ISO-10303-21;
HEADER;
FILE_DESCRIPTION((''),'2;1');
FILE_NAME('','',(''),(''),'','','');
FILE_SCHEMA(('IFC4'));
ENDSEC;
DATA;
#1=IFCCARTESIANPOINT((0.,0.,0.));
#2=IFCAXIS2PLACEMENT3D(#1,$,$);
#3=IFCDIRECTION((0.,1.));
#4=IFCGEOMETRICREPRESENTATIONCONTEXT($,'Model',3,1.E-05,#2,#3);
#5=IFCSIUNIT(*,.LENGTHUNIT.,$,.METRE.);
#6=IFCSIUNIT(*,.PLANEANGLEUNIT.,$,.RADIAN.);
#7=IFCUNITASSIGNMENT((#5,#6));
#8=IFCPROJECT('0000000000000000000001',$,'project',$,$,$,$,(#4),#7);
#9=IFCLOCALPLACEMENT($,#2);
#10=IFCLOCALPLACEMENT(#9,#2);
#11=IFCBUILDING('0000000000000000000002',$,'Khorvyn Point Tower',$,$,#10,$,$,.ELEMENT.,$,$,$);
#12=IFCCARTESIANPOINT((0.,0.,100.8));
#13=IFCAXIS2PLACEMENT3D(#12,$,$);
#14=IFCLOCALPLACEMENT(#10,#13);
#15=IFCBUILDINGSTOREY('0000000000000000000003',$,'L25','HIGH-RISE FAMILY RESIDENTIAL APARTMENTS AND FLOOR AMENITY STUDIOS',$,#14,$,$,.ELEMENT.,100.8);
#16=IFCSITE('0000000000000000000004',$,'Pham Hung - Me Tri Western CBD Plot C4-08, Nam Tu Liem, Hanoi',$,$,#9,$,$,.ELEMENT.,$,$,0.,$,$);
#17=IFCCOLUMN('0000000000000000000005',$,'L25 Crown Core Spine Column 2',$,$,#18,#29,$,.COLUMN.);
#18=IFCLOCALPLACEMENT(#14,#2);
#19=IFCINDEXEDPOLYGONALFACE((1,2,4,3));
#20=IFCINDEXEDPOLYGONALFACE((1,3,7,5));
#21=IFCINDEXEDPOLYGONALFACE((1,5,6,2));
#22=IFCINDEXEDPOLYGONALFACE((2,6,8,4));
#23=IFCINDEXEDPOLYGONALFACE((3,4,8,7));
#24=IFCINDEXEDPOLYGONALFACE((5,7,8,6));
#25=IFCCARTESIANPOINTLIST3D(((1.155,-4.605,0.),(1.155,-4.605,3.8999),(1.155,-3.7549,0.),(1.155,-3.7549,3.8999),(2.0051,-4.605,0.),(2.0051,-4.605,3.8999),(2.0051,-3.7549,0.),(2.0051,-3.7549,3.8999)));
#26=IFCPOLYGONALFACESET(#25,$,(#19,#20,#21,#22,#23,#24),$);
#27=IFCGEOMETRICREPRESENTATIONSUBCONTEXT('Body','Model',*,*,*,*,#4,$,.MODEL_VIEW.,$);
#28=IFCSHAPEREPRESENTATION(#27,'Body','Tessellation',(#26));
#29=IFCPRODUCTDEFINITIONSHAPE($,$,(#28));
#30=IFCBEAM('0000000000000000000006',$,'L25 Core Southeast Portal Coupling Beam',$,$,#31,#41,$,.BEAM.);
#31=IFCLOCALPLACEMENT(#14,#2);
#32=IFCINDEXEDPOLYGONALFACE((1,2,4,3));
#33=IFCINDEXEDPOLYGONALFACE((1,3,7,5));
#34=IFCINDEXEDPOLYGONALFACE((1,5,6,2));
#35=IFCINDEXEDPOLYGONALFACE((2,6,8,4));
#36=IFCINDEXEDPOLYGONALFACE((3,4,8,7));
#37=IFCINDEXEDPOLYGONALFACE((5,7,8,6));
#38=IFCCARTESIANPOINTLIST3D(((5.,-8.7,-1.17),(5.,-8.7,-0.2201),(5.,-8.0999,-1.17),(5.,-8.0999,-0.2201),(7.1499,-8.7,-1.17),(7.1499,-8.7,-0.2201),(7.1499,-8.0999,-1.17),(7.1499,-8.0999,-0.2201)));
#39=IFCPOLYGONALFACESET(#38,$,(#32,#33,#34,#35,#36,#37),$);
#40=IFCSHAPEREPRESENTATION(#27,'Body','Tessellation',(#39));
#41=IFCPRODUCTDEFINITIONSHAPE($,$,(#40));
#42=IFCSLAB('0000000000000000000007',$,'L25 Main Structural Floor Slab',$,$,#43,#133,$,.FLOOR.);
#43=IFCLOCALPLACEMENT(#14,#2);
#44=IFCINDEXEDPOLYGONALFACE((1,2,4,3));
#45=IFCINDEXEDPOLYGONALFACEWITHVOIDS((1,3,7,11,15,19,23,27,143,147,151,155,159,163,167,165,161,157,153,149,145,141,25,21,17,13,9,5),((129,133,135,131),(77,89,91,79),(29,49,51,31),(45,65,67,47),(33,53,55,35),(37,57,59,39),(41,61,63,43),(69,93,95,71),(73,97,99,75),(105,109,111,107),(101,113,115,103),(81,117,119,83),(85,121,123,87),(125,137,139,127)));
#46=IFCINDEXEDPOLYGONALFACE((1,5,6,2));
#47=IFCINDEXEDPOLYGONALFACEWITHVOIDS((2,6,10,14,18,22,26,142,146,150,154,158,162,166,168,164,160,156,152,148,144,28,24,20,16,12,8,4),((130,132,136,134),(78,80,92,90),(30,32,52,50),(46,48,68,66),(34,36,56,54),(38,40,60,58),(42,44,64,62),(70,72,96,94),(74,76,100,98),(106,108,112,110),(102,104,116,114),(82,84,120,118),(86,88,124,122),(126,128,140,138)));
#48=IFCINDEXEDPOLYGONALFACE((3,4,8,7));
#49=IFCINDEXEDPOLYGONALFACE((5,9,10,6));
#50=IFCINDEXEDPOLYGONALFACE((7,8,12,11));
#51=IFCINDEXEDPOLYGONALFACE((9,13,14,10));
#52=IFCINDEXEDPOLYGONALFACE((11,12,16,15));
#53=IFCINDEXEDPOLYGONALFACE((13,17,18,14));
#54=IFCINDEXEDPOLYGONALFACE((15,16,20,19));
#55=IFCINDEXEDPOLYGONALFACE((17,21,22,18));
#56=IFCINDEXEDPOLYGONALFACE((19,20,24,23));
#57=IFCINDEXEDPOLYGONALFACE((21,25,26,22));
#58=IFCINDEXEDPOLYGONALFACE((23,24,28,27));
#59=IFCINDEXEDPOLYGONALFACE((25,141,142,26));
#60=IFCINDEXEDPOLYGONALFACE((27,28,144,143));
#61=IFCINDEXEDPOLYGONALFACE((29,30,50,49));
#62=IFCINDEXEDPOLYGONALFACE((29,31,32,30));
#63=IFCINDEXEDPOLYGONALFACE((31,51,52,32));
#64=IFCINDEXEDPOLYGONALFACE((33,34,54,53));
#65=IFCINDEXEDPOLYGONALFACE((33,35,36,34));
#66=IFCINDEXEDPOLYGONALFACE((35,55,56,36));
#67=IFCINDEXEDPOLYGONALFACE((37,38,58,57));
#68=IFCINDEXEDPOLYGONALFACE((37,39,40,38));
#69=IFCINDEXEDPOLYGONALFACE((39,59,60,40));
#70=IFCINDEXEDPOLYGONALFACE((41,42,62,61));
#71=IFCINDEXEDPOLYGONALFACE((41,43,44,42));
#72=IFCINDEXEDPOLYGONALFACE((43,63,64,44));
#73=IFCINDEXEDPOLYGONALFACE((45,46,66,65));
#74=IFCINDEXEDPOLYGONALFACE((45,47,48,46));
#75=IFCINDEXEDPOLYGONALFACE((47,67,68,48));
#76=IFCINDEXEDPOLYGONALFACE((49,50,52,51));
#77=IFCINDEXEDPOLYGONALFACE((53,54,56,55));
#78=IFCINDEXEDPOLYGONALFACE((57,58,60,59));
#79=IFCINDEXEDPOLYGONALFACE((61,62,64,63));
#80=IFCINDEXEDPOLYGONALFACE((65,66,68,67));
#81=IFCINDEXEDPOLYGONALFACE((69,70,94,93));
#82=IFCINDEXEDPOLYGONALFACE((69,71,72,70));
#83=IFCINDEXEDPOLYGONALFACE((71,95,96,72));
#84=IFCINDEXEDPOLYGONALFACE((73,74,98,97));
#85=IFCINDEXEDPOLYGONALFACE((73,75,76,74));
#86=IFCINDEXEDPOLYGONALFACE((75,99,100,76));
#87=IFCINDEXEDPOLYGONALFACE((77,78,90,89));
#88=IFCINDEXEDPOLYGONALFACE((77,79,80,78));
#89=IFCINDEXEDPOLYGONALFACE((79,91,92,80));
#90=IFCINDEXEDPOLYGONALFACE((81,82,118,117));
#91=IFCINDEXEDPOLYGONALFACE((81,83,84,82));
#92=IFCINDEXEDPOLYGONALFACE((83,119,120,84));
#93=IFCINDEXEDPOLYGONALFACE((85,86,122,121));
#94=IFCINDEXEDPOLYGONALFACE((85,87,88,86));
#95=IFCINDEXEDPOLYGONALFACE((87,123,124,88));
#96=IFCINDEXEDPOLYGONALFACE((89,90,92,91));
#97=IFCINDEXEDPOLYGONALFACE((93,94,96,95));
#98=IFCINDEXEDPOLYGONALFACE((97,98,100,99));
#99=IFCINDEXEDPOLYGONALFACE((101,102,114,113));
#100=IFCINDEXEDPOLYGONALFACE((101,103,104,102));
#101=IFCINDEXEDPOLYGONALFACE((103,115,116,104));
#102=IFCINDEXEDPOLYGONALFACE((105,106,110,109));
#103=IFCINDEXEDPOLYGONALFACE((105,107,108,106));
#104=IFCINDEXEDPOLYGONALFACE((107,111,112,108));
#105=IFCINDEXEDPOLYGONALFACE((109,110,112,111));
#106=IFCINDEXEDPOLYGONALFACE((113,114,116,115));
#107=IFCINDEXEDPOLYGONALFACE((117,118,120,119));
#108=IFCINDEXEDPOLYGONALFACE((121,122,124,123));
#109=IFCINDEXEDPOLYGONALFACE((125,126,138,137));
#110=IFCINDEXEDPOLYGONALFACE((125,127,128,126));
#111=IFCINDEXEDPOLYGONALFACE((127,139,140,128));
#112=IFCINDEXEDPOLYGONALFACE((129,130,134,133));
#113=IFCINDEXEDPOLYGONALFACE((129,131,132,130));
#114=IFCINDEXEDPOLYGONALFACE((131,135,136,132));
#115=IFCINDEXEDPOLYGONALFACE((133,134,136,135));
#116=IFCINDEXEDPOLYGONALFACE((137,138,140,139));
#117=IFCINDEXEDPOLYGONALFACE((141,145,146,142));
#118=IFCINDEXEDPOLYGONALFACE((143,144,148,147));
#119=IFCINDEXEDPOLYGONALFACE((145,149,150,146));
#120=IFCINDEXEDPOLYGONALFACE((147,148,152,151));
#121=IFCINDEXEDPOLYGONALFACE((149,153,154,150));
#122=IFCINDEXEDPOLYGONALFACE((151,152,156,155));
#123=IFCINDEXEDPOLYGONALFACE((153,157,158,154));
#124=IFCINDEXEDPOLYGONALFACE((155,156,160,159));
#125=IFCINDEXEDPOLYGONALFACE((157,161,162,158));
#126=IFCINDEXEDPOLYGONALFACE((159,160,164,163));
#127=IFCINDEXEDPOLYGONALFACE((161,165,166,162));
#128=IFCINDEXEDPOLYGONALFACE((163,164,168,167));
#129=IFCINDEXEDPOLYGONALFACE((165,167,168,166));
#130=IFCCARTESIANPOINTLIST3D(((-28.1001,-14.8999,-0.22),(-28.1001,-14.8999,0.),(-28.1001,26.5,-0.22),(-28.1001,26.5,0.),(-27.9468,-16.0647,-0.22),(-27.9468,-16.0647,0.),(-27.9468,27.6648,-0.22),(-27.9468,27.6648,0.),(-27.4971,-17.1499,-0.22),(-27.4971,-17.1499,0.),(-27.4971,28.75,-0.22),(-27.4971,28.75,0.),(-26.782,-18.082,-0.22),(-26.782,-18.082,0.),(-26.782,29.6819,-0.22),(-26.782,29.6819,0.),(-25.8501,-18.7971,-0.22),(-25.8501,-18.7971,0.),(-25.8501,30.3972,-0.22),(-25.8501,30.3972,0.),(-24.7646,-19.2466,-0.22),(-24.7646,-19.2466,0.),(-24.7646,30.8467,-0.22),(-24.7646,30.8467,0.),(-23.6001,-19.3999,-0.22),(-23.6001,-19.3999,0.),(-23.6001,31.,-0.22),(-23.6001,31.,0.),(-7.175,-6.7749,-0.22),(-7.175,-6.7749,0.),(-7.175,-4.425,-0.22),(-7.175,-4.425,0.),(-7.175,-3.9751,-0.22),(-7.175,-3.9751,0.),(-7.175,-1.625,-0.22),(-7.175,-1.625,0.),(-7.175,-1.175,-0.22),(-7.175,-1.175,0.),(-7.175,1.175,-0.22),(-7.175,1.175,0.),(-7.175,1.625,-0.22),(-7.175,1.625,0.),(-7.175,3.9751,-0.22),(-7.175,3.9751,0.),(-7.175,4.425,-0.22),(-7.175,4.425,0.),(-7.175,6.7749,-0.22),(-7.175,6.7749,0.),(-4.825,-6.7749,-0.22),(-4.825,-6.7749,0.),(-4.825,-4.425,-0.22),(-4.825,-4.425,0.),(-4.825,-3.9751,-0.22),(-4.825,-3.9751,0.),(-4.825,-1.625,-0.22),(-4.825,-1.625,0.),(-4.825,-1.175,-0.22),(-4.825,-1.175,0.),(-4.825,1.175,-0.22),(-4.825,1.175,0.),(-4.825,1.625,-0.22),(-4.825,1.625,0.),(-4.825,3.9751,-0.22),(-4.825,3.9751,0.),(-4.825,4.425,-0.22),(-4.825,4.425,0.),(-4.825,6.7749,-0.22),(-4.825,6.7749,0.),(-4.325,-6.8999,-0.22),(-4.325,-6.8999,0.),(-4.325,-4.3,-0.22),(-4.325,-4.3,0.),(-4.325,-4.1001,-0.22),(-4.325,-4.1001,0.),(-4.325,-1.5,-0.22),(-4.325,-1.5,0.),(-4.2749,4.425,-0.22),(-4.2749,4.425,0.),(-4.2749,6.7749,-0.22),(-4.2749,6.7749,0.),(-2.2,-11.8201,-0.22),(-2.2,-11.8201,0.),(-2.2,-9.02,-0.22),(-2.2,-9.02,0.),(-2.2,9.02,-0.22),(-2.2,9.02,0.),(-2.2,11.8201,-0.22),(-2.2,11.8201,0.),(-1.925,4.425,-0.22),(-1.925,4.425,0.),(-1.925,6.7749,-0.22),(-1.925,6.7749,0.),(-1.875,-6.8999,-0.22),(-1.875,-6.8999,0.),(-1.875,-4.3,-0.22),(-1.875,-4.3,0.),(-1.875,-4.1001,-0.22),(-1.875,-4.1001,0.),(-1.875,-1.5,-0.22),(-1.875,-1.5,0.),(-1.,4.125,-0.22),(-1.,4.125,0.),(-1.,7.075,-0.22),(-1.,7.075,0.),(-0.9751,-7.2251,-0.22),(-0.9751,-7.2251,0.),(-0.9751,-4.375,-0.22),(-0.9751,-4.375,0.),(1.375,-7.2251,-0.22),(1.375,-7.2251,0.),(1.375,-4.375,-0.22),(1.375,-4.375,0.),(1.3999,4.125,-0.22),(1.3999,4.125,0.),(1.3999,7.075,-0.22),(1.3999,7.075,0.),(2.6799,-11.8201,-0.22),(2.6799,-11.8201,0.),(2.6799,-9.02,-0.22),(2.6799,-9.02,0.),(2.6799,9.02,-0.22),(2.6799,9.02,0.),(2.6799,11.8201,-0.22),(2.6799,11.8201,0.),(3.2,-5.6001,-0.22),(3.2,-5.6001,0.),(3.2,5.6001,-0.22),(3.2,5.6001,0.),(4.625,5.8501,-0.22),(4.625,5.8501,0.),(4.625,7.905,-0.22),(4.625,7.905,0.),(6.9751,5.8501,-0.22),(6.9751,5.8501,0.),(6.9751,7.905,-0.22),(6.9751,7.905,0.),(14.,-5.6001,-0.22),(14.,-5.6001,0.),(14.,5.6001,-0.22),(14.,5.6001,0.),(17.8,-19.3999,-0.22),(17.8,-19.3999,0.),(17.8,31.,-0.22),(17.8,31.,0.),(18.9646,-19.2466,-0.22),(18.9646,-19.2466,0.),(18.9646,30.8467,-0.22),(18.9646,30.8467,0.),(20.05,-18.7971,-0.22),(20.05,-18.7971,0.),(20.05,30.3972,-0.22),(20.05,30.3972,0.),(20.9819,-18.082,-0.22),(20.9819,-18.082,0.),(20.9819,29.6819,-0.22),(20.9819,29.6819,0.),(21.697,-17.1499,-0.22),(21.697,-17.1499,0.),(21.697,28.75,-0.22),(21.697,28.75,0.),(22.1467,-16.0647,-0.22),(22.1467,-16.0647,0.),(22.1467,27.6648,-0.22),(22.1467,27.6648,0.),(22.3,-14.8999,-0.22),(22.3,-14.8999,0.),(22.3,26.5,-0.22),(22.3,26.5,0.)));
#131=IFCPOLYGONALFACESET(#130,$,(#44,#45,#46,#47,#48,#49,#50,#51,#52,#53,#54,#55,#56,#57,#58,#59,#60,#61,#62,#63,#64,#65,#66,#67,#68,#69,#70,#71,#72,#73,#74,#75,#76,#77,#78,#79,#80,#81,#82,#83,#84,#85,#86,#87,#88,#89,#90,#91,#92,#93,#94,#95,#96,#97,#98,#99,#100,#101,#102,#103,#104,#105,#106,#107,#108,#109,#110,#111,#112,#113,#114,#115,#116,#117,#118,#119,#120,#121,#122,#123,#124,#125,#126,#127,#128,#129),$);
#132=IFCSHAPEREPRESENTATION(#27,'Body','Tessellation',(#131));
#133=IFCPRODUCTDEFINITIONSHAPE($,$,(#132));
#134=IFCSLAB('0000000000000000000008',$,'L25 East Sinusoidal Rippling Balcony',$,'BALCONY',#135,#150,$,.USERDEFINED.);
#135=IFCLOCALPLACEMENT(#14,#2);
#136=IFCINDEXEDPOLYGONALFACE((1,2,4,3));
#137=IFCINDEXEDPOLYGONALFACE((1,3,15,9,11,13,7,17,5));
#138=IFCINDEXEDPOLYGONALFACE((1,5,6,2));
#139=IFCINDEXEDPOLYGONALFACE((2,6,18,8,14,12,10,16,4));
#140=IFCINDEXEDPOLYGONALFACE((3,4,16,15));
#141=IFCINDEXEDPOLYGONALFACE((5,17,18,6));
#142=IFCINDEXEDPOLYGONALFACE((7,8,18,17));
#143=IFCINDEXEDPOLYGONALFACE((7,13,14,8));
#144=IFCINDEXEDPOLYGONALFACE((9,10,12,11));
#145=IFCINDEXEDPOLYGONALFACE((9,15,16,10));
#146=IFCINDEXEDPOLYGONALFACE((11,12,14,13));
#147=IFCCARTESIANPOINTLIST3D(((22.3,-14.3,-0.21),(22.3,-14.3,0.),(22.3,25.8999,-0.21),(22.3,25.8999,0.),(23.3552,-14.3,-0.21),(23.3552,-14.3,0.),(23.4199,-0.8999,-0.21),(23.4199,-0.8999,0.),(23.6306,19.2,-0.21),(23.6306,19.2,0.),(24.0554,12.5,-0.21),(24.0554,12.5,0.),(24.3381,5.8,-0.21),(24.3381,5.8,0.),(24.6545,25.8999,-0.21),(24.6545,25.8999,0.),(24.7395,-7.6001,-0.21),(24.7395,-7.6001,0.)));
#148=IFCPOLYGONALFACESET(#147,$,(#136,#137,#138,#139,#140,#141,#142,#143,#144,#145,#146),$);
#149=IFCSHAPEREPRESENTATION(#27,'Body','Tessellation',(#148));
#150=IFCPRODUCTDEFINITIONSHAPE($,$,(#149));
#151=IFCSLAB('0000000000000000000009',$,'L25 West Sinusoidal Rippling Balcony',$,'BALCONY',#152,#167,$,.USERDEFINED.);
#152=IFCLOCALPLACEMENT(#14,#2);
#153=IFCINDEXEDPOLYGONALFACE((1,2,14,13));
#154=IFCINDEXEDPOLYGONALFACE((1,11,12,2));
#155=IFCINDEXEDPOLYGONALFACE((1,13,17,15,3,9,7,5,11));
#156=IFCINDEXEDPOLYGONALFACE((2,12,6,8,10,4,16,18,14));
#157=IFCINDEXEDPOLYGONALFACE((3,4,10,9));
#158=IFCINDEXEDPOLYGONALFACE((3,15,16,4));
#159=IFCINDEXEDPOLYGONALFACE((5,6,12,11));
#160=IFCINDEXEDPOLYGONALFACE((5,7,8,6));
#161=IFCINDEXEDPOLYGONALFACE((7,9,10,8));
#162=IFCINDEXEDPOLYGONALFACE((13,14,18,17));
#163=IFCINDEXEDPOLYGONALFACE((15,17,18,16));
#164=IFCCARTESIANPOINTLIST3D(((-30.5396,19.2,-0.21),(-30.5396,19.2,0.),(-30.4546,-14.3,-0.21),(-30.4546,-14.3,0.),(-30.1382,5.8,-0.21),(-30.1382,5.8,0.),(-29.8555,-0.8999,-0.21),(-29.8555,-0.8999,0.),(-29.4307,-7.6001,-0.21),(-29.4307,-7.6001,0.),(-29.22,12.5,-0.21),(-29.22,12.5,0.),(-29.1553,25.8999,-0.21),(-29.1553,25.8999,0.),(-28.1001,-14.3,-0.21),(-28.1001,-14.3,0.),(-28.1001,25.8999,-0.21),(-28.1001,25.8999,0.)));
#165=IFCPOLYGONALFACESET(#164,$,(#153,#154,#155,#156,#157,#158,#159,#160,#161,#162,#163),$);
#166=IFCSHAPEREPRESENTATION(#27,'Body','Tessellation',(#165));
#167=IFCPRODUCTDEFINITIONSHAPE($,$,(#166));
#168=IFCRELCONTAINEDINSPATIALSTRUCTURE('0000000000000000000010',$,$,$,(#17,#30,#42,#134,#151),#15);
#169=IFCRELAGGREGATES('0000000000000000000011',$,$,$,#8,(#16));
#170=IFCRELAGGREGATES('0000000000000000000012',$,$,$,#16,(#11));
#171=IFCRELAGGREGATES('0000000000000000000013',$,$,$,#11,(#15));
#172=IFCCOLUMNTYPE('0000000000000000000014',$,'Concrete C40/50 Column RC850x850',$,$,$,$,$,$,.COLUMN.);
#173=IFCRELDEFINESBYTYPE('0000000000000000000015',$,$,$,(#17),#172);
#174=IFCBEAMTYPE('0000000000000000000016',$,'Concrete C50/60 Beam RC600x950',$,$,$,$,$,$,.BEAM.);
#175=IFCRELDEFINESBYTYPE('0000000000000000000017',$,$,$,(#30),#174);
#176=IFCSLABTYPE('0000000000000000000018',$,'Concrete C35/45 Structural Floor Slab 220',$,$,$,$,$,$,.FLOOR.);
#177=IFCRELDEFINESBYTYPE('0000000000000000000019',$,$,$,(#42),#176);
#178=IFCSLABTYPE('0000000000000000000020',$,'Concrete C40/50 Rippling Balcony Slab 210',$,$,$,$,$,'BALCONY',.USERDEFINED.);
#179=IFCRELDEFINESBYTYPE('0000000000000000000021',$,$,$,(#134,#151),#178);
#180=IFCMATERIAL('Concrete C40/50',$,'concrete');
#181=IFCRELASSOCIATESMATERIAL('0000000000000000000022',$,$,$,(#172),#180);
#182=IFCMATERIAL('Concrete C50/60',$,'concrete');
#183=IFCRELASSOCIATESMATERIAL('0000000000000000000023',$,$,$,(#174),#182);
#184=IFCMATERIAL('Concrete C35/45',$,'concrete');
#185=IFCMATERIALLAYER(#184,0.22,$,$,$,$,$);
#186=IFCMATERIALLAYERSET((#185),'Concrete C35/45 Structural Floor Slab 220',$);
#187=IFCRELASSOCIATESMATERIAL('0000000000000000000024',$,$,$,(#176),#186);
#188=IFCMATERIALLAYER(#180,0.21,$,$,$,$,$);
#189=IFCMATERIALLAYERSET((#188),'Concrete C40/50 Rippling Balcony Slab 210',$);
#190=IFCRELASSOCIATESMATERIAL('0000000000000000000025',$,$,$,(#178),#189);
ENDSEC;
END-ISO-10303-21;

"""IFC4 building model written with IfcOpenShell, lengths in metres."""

from ifc_helpers import new_model, si_unit, direction, frame, origin, origin_2d, place, context, subcontext, project, spatial, polyline, rectangle, outline, extrude, material, layer, layer_set, material_profile, profile_set, type_object, element, save


model = new_model("IFC4")

# Units and contexts
model_context = context("Model", 3, precision=1e-05, world=origin(), true_north=direction((0.0, 1.0)))
body_context = subcontext(model_context, "Body", "Model", "MODEL_VIEW")
ifc_project = project(units=[si_unit("LENGTHUNIT", "METRE"), si_unit("PLANEANGLEUNIT", "RADIAN")], contexts=[model_context])

# Site, building, storey
site_placement = place(None, origin())
site = spatial("IfcSite", under=ifc_project, at=site_placement, Name="Pham Hung - Me Tri Western CBD Plot C4-08, Nam Tu Liem, Hanoi", CompositionType="ELEMENT", RefElevation=0.0)
building_placement = place(site_placement, origin())
building = spatial("IfcBuilding", under=site, at=building_placement, Name="Khorvyn Point Tower", CompositionType="ELEMENT")
storey_placement = place(building_placement, frame((0.0, 0.0, 100.8)))
storey = spatial("IfcBuildingStorey", under=building, at=storey_placement, Name="L25", Description="HIGH-RISE FAMILY RESIDENTIAL APARTMENTS AND FLOOR AMENITY STUDIOS", CompositionType="ELEMENT", Elevation=100.8)

# Column
ifc_material_1 = material(Name="Concrete C40/50", Category="concrete")
ifc_material_profile_1 = material_profile(ifc_material_1, rectangle(XDim=0.8501, YDim=0.8501, at=origin_2d()))
ifc_profile_set_1 = profile_set([ifc_material_profile_1], Name="Concrete C40/50 RC850x850")
column_type = type_object("IfcColumnType", Name="Concrete C40/50 Column RC850x850", PredefinedType="COLUMN", material=ifc_profile_set_1)
column_placement = place(storey_placement, frame((1.5801, -4.1799, 0.0), z_axis=(0.0, 0.0, 1.0), x_axis=(1.0, 0.0, 0.0)))
element("IfcColumn", 1, at=column_placement, inside=storey, type_object=column_type, Name="L25 Crown Core Spine Column 2", PredefinedType="COLUMN", context=body_context, shape_type="SweptSolid", body=[
    extrude(rectangle(XDim=0.8501, YDim=0.8501, at=origin_2d()), origin(), (0.0, 0.0, 1.0), 3.8999),
])

# Beam
ifc_material_2 = material(Name="Concrete C50/60", Category="concrete")
ifc_material_profile_2 = material_profile(ifc_material_2, rectangle(XDim=0.6001, YDim=0.95, at=origin_2d()))
ifc_profile_set_2 = profile_set([ifc_material_profile_2], Name="Concrete C50/60 RC600x950")
beam_type = type_object("IfcBeamType", Name="Concrete C50/60 Beam RC600x950", PredefinedType="BEAM", material=ifc_profile_set_2)
beam_placement = place(storey_placement, frame((5.0, -8.3999, -0.6951), z_axis=(1.0, 0.0, 0.0), x_axis=(0.0, 1.0, 0.0)))
element("IfcBeam", 2, at=beam_placement, inside=storey, type_object=beam_type, Name="L25 Core Southeast Portal Coupling Beam", PredefinedType="BEAM", context=body_context, shape_type="SweptSolid", body=[
    extrude(rectangle(XDim=0.6001, YDim=0.95, at=origin_2d()), origin(), (0.0, 0.0, 1.0), 2.1499),
])

# Slabs
ifc_material_3 = material(Name="Concrete C35/45", Category="concrete")
ifc_layer_1 = layer(ifc_material_3, 0.22)
ifc_layer_set_1 = layer_set([ifc_layer_1], Name="Concrete C35/45 Structural Floor Slab 220")
slab_type_1 = type_object("IfcSlabType", Name="Concrete C35/45 Structural Floor Slab 220", PredefinedType="FLOOR", material=ifc_layer_set_1)
slab_1_placement = place(storey_placement, frame((0.0, 0.0, -0.22)))
element("IfcSlab", 3, at=slab_1_placement, inside=storey, type_object=slab_type_1, Name="L25 Main Structural Floor Slab", PredefinedType="FLOOR", context=body_context, shape_type="SweptSolid", body=[
    extrude(outline(polyline([(-23.6001, -19.3999), (-24.7646, -19.2466), (-25.8501, -18.7971), (-26.782, -18.082), (-27.4971, -17.1499), (-27.9468, -16.0647), (-28.1001, -14.8999), (-28.1001, 26.5), (-27.9468, 27.6648), (-27.4971, 28.75), (-26.782, 29.6819), (-25.8501, 30.3972), (-24.7646, 30.8467), (-23.6001, 31.0), (17.8, 31.0), (18.9646, 30.8467), (20.05, 30.3972), (20.9819, 29.6819), (21.697, 28.75), (22.1467, 27.6648), (22.3, 26.5), (22.3, -14.8999), (22.1467, -16.0647), (21.697, -17.1499), (20.9819, -18.082), (20.05, -18.7971), (18.9646, -19.2466), (17.8, -19.3999), (-23.6001, -19.3999)]), holes=[polyline([(-4.825, -6.7749), (-4.825, -4.425), (-7.175, -4.425), (-7.175, -6.7749), (-4.825, -6.7749)]), polyline([(-4.325, -6.8999), (-1.875, -6.8999), (-1.875, -4.3), (-4.325, -4.3), (-4.325, -6.8999)]), polyline([(-7.175, -3.9751), (-4.825, -3.9751), (-4.825, -1.625), (-7.175, -1.625), (-7.175, -3.9751)]), polyline([(-7.175, -1.175), (-4.825, -1.175), (-4.825, 1.175), (-7.175, 1.175), (-7.175, -1.175)]), polyline([(-7.175, 1.625), (-4.825, 1.625), (-4.825, 3.9751), (-7.175, 3.9751), (-7.175, 1.625)]), polyline([(-7.175, 4.425), (-4.825, 4.425), (-4.825, 6.7749), (-7.175, 6.7749), (-7.175, 4.425)]), polyline([(-4.2749, 4.425), (-1.925, 4.425), (-1.925, 6.7749), (-4.2749, 6.7749), (-4.2749, 4.425)]), polyline([(2.6799, -11.8201), (2.6799, -9.02), (-2.2, -9.02), (-2.2, -11.8201), (2.6799, -11.8201)]), polyline([(-0.9751, -7.2251), (1.375, -7.2251), (1.375, -4.375), (-0.9751, -4.375), (-0.9751, -7.2251)]), polyline([(-4.325, -4.1001), (-1.875, -4.1001), (-1.875, -1.5), (-4.325, -1.5), (-4.325, -4.1001)]), polyline([(3.2, -5.6001), (14.0, -5.6001), (14.0, 5.6001), (3.2, 5.6001), (3.2, -5.6001)]), polyline([(-1.0, 4.125), (1.3999, 4.125), (1.3999, 7.075), (-1.0, 7.075), (-1.0, 4.125)]), polyline([(4.625, 5.8501), (6.9751, 5.8501), (6.9751, 7.905), (4.625, 7.905), (4.625, 5.8501)]), polyline([(-2.2, 9.02), (2.6799, 9.02), (2.6799, 11.8201), (-2.2, 11.8201), (-2.2, 9.02)])]), origin(), (0.0, 0.0, 1.0), 0.22),
])
ifc_layer_2 = layer(ifc_material_1, 0.21)
ifc_layer_set_2 = layer_set([ifc_layer_2], Name="Concrete C40/50 Rippling Balcony Slab 210")
slab_type_2 = type_object("IfcSlabType", Name="Concrete C40/50 Rippling Balcony Slab 210", ElementType="BALCONY", PredefinedType="USERDEFINED", material=ifc_layer_set_2)
slab_2_placement = place(storey_placement, frame((0.0, 0.0, -0.21)))
element("IfcSlab", 4, at=slab_2_placement, inside=storey, type_object=slab_type_2, Name="L25 East Sinusoidal Rippling Balcony", ObjectType="BALCONY", PredefinedType="USERDEFINED", context=body_context, shape_type="SweptSolid", body=[
    extrude(outline(polyline([(22.3, -14.3), (23.3552, -14.3), (24.7395, -7.6001), (23.4199, -0.8999), (24.3381, 5.8), (24.0554, 12.5), (23.6306, 19.2), (24.6545, 25.8999), (22.3, 25.8999), (22.3, -14.3)])), origin(), (0.0, 0.0, 1.0), 0.21),
])
slab_3_placement = place(storey_placement, frame((0.0, 0.0, -0.21)))
element("IfcSlab", 5, at=slab_3_placement, inside=storey, type_object=slab_type_2, Name="L25 West Sinusoidal Rippling Balcony", ObjectType="BALCONY", PredefinedType="USERDEFINED", context=body_context, shape_type="SweptSolid", body=[
    extrude(outline(polyline([(-28.1001, 25.8999), (-29.1553, 25.8999), (-30.5396, 19.2), (-29.22, 12.5), (-30.1382, 5.8), (-29.8555, -0.8999), (-29.4307, -7.6001), (-30.4546, -14.3), (-28.1001, -14.3), (-28.1001, 25.8999)])), origin(), (0.0, 0.0, 1.0), 0.21),
])

save(model, "model.ifc")
